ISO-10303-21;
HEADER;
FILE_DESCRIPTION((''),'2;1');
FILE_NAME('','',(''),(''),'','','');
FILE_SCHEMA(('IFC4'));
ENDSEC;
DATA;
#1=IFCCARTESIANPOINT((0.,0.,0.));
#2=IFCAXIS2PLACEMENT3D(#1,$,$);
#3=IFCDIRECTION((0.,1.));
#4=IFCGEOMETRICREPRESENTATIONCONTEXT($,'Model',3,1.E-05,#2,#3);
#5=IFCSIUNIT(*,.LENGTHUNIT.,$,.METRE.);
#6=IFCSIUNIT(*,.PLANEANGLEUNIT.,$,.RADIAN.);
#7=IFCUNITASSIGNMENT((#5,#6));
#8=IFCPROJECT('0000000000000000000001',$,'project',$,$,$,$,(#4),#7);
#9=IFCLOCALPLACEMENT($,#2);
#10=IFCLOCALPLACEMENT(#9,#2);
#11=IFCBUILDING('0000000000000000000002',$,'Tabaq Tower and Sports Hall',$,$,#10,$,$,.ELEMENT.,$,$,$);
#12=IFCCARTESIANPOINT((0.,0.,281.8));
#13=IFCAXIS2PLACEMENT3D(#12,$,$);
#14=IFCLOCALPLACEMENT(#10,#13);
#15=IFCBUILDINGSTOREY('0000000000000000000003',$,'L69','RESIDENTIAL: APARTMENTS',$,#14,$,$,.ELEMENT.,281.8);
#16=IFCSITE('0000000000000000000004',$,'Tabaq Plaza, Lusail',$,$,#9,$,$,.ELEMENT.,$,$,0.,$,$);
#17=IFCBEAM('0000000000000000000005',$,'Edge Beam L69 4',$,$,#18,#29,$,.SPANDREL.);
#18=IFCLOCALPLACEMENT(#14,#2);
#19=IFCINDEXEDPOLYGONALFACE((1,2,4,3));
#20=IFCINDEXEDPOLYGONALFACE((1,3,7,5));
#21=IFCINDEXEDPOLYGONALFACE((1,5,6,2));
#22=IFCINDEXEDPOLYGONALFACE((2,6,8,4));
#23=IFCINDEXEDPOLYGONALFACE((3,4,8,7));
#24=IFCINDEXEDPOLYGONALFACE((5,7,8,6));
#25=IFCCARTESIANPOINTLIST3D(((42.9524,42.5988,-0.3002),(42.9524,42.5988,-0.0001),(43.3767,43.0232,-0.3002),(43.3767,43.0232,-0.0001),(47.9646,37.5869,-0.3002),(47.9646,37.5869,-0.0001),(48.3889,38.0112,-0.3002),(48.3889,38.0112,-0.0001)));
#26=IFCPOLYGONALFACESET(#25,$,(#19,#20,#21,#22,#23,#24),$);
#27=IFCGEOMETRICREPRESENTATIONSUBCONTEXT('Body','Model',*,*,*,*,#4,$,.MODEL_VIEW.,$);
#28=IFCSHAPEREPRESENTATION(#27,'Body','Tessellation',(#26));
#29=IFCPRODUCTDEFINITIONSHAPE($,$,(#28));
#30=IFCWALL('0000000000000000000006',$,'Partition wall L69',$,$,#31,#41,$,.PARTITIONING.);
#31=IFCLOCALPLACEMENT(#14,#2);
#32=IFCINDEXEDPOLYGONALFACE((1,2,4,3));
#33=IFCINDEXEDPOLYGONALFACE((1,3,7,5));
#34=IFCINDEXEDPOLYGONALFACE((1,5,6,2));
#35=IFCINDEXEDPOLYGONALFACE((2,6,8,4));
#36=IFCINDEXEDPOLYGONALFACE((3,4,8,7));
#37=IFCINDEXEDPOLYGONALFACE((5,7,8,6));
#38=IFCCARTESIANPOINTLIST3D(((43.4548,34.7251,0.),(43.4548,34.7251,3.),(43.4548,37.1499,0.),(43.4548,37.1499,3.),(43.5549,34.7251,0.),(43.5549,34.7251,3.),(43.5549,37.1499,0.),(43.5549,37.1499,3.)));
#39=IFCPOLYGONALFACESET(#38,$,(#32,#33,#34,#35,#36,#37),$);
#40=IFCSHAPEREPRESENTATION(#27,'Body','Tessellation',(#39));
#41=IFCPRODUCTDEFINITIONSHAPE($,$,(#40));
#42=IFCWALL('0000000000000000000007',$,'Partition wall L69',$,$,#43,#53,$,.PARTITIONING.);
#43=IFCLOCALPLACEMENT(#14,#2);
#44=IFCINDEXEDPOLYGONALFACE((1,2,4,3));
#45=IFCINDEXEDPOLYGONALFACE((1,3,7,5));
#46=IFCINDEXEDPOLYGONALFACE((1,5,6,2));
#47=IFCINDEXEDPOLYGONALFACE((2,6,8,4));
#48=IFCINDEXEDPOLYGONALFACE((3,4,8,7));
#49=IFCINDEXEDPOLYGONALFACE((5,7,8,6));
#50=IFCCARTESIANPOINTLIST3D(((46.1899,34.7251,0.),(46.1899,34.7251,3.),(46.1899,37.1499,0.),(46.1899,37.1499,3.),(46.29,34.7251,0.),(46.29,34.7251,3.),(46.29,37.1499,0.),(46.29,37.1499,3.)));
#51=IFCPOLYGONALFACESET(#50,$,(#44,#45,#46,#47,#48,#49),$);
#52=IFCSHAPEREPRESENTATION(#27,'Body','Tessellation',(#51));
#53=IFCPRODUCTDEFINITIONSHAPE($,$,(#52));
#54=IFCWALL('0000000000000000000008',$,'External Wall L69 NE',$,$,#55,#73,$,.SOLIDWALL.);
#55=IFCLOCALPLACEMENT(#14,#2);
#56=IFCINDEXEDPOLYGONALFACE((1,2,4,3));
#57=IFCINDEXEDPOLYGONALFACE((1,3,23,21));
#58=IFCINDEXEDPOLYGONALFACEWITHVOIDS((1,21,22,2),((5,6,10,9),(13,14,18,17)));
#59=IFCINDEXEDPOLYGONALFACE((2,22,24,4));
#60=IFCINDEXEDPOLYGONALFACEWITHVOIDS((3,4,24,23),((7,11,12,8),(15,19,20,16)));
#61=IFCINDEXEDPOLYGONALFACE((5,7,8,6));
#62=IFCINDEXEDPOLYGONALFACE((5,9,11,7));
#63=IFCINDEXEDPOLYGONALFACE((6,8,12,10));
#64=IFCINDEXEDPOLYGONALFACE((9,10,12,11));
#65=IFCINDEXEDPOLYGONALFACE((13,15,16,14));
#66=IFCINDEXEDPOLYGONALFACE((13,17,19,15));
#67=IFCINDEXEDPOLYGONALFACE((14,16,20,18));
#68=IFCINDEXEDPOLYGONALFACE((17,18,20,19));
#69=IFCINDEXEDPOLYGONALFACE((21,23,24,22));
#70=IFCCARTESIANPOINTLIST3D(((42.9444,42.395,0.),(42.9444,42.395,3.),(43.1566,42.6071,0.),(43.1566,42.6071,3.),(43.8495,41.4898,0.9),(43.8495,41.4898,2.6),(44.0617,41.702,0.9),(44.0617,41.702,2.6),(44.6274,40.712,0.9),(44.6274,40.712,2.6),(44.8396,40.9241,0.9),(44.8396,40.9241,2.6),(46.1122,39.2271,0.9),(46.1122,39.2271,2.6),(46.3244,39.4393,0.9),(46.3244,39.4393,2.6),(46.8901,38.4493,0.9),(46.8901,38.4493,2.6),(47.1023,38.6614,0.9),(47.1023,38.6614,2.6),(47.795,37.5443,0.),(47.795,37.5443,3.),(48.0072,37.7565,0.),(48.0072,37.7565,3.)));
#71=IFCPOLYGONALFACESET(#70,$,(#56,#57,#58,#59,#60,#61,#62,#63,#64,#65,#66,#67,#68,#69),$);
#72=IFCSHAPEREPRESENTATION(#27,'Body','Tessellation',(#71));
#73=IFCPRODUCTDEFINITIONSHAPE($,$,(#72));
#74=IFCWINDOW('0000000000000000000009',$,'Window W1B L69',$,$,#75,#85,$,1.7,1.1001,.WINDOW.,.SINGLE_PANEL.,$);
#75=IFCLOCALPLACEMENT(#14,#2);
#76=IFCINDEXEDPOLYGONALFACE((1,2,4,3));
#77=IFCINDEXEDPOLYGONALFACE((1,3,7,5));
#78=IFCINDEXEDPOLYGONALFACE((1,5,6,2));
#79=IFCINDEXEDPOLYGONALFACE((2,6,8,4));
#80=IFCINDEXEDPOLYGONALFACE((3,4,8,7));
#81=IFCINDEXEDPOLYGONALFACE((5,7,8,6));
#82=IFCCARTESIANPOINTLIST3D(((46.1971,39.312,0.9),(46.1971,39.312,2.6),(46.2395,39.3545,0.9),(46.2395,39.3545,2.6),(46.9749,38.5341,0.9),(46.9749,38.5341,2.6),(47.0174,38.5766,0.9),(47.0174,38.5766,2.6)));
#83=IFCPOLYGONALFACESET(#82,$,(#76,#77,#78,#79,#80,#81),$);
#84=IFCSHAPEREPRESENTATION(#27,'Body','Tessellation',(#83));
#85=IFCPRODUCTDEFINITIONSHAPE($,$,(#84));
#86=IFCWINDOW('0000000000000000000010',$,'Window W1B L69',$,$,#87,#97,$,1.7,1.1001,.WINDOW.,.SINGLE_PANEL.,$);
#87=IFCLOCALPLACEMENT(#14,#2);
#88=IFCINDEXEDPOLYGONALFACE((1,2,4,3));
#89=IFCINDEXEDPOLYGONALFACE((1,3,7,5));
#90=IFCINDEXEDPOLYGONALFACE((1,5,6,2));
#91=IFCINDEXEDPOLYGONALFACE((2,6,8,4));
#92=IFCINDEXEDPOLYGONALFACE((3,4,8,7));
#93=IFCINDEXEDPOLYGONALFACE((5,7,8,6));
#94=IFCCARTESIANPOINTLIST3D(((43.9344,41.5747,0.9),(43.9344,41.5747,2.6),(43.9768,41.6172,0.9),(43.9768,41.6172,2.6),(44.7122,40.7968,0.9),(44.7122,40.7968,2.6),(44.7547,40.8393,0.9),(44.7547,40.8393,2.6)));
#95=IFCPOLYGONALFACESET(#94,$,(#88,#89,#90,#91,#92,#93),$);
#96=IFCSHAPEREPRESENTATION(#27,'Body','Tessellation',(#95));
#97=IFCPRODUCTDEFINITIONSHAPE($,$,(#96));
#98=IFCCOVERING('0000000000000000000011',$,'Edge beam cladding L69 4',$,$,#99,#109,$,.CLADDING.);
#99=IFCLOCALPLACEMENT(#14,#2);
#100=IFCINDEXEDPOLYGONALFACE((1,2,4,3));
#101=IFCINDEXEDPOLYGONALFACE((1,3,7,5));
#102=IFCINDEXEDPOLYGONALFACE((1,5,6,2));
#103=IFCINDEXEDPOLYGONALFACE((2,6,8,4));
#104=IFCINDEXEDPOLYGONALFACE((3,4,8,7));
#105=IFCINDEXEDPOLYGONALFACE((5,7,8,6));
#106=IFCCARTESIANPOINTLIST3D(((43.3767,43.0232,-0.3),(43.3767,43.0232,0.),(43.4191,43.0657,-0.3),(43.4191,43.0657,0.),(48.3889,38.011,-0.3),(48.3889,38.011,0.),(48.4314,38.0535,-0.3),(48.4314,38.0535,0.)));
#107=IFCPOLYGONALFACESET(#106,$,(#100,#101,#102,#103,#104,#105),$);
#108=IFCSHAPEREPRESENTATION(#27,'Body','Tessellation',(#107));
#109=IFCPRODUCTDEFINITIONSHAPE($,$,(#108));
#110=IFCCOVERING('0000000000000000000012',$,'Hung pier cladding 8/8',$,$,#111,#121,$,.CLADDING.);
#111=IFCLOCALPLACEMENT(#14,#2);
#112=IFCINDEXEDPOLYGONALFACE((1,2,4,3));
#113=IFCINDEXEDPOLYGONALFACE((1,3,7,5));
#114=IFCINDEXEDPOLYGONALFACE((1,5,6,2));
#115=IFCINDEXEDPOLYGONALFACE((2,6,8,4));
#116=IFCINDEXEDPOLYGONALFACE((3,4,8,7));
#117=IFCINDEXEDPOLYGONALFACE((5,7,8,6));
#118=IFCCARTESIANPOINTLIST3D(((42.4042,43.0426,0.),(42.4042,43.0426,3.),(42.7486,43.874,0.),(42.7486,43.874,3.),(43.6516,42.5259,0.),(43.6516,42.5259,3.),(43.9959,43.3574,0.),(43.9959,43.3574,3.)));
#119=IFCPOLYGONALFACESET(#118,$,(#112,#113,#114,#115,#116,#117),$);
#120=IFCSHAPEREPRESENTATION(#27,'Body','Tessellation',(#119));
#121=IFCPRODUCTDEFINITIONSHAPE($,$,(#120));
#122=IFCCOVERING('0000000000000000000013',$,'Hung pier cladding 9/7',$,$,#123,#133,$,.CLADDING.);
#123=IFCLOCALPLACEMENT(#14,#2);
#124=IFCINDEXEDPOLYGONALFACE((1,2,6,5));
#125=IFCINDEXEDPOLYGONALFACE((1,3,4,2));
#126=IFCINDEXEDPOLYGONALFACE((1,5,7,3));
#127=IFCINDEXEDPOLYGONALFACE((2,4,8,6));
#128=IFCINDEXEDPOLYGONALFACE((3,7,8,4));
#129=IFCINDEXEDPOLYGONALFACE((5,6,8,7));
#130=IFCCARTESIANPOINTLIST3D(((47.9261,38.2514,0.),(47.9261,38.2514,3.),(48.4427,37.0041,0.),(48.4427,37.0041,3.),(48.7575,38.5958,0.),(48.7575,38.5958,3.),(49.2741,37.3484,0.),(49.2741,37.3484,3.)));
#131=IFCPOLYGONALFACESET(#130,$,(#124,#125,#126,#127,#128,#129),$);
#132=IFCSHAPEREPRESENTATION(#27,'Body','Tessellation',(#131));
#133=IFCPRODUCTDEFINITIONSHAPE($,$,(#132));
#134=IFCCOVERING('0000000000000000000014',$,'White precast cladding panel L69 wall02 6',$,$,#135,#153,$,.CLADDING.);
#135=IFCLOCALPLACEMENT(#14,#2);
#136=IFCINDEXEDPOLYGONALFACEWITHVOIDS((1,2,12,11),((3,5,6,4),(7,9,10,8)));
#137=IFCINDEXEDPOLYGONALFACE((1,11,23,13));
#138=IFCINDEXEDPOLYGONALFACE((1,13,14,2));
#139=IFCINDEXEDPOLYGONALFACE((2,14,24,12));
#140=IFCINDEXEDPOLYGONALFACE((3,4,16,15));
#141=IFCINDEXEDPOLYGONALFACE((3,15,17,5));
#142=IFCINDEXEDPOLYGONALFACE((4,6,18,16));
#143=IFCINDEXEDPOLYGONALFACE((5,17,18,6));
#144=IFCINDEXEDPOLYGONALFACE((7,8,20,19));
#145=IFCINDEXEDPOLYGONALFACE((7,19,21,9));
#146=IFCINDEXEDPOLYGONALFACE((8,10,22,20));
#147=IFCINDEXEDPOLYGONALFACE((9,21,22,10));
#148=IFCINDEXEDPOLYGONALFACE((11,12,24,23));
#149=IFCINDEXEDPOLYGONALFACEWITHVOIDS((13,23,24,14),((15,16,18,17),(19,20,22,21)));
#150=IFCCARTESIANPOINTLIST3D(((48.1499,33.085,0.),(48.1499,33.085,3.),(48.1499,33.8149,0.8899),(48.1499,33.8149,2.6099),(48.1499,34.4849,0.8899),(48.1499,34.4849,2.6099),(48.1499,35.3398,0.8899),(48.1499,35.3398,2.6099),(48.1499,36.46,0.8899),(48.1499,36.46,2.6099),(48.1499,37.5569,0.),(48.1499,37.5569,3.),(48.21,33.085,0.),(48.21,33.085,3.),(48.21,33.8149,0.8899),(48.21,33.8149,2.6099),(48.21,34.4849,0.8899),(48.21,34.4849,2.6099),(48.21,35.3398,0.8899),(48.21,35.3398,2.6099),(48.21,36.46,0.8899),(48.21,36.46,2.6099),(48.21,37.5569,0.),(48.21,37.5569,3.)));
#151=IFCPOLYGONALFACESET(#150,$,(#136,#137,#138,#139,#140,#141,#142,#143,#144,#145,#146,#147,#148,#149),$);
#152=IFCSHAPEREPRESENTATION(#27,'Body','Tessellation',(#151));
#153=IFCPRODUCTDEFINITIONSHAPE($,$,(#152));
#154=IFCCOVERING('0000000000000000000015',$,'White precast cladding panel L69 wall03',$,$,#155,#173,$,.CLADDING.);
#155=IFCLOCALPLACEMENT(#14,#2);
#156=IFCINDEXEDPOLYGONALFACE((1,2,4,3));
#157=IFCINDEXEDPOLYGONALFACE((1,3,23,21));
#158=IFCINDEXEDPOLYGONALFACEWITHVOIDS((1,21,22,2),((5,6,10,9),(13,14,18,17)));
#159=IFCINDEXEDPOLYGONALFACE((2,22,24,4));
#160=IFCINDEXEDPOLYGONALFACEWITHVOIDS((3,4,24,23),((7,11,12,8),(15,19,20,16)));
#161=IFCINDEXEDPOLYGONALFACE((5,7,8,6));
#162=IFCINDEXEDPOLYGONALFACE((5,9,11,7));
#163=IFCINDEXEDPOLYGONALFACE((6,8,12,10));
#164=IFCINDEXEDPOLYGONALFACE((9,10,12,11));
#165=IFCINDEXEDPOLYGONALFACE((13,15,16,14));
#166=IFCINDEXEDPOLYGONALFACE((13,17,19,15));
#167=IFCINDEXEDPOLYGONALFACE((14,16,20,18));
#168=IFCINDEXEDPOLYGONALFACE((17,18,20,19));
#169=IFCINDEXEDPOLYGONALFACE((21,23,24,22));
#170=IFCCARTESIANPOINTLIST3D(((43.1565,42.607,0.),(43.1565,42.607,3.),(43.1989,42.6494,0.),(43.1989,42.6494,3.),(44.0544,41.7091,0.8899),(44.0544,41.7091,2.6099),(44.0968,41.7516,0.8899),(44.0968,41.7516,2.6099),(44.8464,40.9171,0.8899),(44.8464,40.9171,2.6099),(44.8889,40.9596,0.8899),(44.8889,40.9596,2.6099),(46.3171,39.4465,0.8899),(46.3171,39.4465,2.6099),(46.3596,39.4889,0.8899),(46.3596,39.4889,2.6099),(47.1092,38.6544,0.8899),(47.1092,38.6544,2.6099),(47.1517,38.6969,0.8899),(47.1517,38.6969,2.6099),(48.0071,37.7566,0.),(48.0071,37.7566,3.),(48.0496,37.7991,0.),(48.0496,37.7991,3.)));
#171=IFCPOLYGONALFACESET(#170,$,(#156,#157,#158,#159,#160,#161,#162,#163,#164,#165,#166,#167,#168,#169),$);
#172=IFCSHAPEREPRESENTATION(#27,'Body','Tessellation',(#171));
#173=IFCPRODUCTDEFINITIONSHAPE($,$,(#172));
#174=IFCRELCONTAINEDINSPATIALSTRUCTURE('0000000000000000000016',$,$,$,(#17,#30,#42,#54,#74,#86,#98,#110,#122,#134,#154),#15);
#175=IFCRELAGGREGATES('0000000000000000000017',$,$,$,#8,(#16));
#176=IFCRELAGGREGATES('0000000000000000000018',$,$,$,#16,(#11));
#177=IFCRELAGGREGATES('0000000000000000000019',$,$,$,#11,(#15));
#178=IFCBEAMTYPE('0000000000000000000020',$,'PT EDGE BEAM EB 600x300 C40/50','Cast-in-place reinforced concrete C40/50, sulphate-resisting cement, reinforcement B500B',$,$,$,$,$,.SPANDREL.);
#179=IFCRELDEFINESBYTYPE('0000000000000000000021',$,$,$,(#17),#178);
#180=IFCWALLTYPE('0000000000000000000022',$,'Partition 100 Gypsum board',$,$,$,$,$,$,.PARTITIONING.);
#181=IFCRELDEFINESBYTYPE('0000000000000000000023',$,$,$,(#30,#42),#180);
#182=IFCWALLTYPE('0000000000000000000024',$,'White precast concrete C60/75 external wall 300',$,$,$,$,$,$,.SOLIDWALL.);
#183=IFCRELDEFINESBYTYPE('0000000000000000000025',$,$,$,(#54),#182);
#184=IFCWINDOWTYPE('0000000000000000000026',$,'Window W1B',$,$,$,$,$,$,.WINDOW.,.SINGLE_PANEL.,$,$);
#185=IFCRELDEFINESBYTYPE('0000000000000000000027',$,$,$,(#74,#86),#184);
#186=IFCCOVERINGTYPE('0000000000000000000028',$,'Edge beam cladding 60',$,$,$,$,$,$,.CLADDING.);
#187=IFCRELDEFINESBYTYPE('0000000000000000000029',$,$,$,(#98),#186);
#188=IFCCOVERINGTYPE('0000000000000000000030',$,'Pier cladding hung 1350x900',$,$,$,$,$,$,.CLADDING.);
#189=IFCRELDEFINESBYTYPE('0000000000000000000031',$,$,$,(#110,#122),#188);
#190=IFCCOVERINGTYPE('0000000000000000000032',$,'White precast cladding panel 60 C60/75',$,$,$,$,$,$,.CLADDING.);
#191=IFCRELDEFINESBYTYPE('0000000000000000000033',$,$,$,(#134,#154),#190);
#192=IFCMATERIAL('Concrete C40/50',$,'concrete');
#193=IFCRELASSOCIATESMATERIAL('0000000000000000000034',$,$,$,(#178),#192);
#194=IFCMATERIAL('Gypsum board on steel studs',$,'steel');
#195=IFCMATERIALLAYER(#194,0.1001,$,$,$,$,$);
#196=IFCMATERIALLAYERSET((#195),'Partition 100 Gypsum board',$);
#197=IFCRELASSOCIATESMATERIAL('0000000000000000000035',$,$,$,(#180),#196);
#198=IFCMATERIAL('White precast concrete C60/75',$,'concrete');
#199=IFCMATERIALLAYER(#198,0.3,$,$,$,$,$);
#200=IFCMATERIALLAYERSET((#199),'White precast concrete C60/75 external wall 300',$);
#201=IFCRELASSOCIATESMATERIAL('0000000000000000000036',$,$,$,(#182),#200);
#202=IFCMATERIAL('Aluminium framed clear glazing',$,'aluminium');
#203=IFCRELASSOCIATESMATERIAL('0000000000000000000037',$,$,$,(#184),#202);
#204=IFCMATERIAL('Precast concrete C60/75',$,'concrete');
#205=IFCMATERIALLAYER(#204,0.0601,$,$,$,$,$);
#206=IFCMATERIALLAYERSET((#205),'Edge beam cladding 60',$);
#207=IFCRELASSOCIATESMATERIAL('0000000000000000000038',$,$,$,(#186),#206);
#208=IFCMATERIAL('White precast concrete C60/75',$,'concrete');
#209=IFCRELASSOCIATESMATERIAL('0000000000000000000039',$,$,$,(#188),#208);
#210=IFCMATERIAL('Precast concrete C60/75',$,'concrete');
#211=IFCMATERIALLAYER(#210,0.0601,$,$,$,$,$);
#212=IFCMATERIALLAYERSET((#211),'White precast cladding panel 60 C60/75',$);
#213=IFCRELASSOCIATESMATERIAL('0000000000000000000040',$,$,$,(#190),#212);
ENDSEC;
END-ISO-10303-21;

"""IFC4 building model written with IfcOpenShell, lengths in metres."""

from ifc_helpers import new_model, si_unit, direction, frame, frame_2d, origin, origin_2d, place, context, subcontext, project, spatial, polyline, rectangle, outline, extrude, material, layer, layer_set, material_profile, profile_set, type_object, element, fill, save


model = new_model("IFC4")

# Units and contexts
model_context = context("Model", 3, precision=1e-05, world=origin(), true_north=direction((0.0, 1.0)))
body_context = subcontext(model_context, "Body", "Model", "MODEL_VIEW")
ifc_project = project(units=[si_unit("LENGTHUNIT", "METRE"), si_unit("PLANEANGLEUNIT", "RADIAN")], contexts=[model_context])

# Site, building, storey
site_placement = place(None, origin())
site = spatial("IfcSite", under=ifc_project, at=site_placement, Name="Tabaq Plaza, Lusail", CompositionType="ELEMENT", RefElevation=0.0)
building_placement = place(site_placement, origin())
building = spatial("IfcBuilding", under=site, at=building_placement, Name="Tabaq Tower and Sports Hall", CompositionType="ELEMENT")
storey_placement = place(building_placement, frame((0.0, 0.0, 281.8)))
storey = spatial("IfcBuildingStorey", under=building, at=storey_placement, Name="L69", Description="RESIDENTIAL: APARTMENTS", CompositionType="ELEMENT", Elevation=281.8)

# Beam
ifc_material_1 = material(Name="Concrete C40/50", Category="concrete")
ifc_material_profile = material_profile(ifc_material_1, rectangle(XDim=0.6001, YDim=0.3, at=origin_2d()), Name="EB 600x300")
ifc_profile_set = profile_set([ifc_material_profile], Name="Concrete C40/50")
beam_type = type_object("IfcBeamType", Name="PT EDGE BEAM EB 600x300 C40/50", Description="Cast-in-place reinforced concrete C40/50, sulphate-resisting cement, reinforcement B500B", PredefinedType="SPANDREL", material=ifc_profile_set)
beam_placement = place(storey_placement, frame((48.1768, 37.7991, -0.1501), z_axis=(-0.707124, 0.70709, 0.0), x_axis=(-0.70709, -0.707124, 0.0)))
element("IfcBeam", 1, at=beam_placement, inside=storey, type_object=beam_type, Name="Edge Beam L69 4", PredefinedType="SPANDREL", context=body_context, shape_type="SweptSolid", body=[
    extrude(rectangle(XDim=0.6001, YDim=0.3, at=origin_2d()), origin(), (0.0, 0.0, 1.0), 7.0881),
])

# Walls
ifc_material_2 = material(Name="Gypsum board on steel studs", Category="steel")
ifc_layer_1 = layer(ifc_material_2, 0.1001)
ifc_layer_set_1 = layer_set([ifc_layer_1], Name="Partition 100 Gypsum board")
wall_type_1 = type_object("IfcWallType", Name="Partition 100 Gypsum board", PredefinedType="PARTITIONING", material=ifc_layer_set_1)
for number, where, z_axis, x_axis, name in (
    (2, (43.5049, 34.7251, 0.0), (0.0, 0.0, 1.0), (0.0, 1.0, 0.0), "Partition wall L69"),
    (3, (46.24, 34.7251, 0.0), (0.0, 0.0, 1.0), (0.0, 1.0, 0.0), "Partition wall L69"),
):
    element("IfcWall", number, at=place(storey_placement, frame(where, z_axis=z_axis, x_axis=x_axis)), inside=storey, type_object=wall_type_1, Name=name, PredefinedType="PARTITIONING", context=body_context, shape_type="SweptSolid", body=[
        extrude(rectangle(XDim=2.4248, YDim=0.1001, at=frame_2d((1.2124, 0.0))), origin(), (0.0, 0.0, 1.0), 3.0),
    ])

# Wall, openings, windows
ifc_material_3 = material(Name="White precast concrete C60/75", Category="concrete")
ifc_layer_2 = layer(ifc_material_3, 0.3)
ifc_layer_set_2 = layer_set([ifc_layer_2], Name="White precast concrete C60/75 external wall 300")
wall_type_2 = type_object("IfcWallType", Name="White precast concrete C60/75 external wall 300", PredefinedType="SOLIDWALL", material=ifc_layer_set_2)
wall_placement = place(storey_placement, frame((47.9011, 37.6504, 0.0), z_axis=(0.0, 0.0, 1.0), x_axis=(-0.707107, 0.707107, 0.0)))
wall = element("IfcWall", 4, at=wall_placement, inside=storey, type_object=wall_type_2, Name="External Wall L69 NE", PredefinedType="SOLIDWALL", context=body_context, shape_type="SweptSolid", body=[
    extrude(rectangle(XDim=6.8599, YDim=0.3, at=frame_2d((3.4299, 0.0))), origin(), (0.0, 0.0, 1.0), 3.0),
])
opening_1_placement = place(wall_placement, frame((1.2798, 0.0, 0.8999)))
opening_1 = element("IfcOpeningElement", 5, at=opening_1_placement, cuts=wall, PredefinedType="OPENING", context=body_context, shape_type="SweptSolid", body=[
    extrude(rectangle(XDim=1.1001, YDim=1.7, at=frame_2d((0.55, 0.8501))), frame((0.0, 0.1602, 0.0), z_axis=(0.0, -1.0, 0.0), x_axis=(1.0, 0.0, 0.0)), (0.0, 0.0, 1.0), 0.3201),
])
opening_2_placement = place(wall_placement, frame((4.4797, 0.0, 0.8999)))
opening_2 = element("IfcOpeningElement", 6, at=opening_2_placement, cuts=wall, PredefinedType="OPENING", context=body_context, shape_type="SweptSolid", body=[
    extrude(rectangle(XDim=1.1001, YDim=1.7, at=frame_2d((0.55, 0.8501))), frame((0.0, 0.1602, 0.0), z_axis=(0.0, -1.0, 0.0), x_axis=(1.0, 0.0, 0.0)), (0.0, 0.0, 1.0), 0.3201),
])
ifc_material_4 = material(Name="Aluminium framed clear glazing", Category="aluminium")
window_type = type_object("IfcWindowType", Name="Window W1B", PartitioningType="SINGLE_PANEL", PredefinedType="WINDOW", material=ifc_material_4)
window_1_placement = place(opening_1_placement, origin())
window_1 = element("IfcWindow", 7, at=window_1_placement, inside=storey, type_object=window_type, Name="Window W1B L69", OverallHeight=1.7, OverallWidth=1.1001, PartitioningType="SINGLE_PANEL", PredefinedType="WINDOW", context=body_context, shape_type="SweptSolid", body=[
    extrude(rectangle(XDim=1.1001, YDim=1.7, at=frame_2d((0.55, 0.8501))), frame((0.0, 0.03, 0.0), z_axis=(0.0, -1.0, 0.0), x_axis=(1.0, 0.0, 0.0)), (0.0, 0.0, 1.0), 0.0601),
])
fill(opening_1, window_1)
window_2_placement = place(opening_2_placement, origin())
window_2 = element("IfcWindow", 8, at=window_2_placement, inside=storey, type_object=window_type, Name="Window W1B L69", OverallHeight=1.7, OverallWidth=1.1001, PartitioningType="SINGLE_PANEL", PredefinedType="WINDOW", context=body_context, shape_type="SweptSolid", body=[
    extrude(rectangle(XDim=1.1001, YDim=1.7, at=frame_2d((0.55, 0.8501))), frame((0.0, 0.03, 0.0), z_axis=(0.0, -1.0, 0.0), x_axis=(1.0, 0.0, 0.0)), (0.0, 0.0, 1.0), 0.0601),
])
fill(opening_2, window_2)

# Coverings
ifc_material_5 = material(Name="Precast concrete C60/75", Category="concrete")
ifc_layer_3 = layer(ifc_material_5, 0.0601)
ifc_layer_set_3 = layer_set([ifc_layer_3], Name="Edge beam cladding 60")
covering_type_1 = type_object("IfcCoveringType", Name="Edge beam cladding 60", PredefinedType="CLADDING", material=ifc_layer_set_3)
covering_1_placement = place(storey_placement, frame((48.4102, 38.0322, -0.3), z_axis=(0.0, 0.0, 1.0), x_axis=(-0.707107, 0.707107, 0.0)))
element("IfcCovering", 9, at=covering_1_placement, inside=storey, type_object=covering_type_1, Name="Edge beam cladding L69 4", PredefinedType="CLADDING", context=body_context, shape_type="SweptSolid", body=[
    extrude(rectangle(XDim=7.0884, YDim=0.0601, at=frame_2d((3.5442, 0.0))), origin(), (0.0, 0.0, 1.0), 0.3),
])
ifc_material_6 = material(Name="White precast concrete C60/75", Category="concrete")
covering_type_2 = type_object("IfcCoveringType", Name="Pier cladding hung 1350x900", PredefinedType="CLADDING", material=ifc_material_6)
for number, where, z_axis, x_axis, name in (
    (10, (43.8237, 42.9417, 0.0), (0.0, 0.0, 1.0), (-0.923893, 0.38265, 0.0), "Hung pier cladding 8/8"),
    (11, (48.8584, 37.1763, 0.0), (0.0, 0.0, 1.0), (-0.38265, 0.923893, 0.0), "Hung pier cladding 9/7"),
):
    element("IfcCovering", number, at=place(storey_placement, frame(where, z_axis=z_axis, x_axis=x_axis)), inside=storey, type_object=covering_type_2, Name=name, PredefinedType="CLADDING", context=body_context, shape_type="SweptSolid", body=[
        extrude(rectangle(XDim=1.3501, YDim=0.8999, at=frame_2d((0.675, 0.0))), origin(), (0.0, 0.0, 1.0), 3.0),
    ])
ifc_material_7 = material(Name="Precast concrete C60/75", Category="concrete")
ifc_layer_4 = layer(ifc_material_7, 0.0601)
ifc_layer_set_4 = layer_set([ifc_layer_4], Name="White precast cladding panel 60 C60/75")
covering_type_3 = type_object("IfcCoveringType", Name="White precast cladding panel 60 C60/75", PredefinedType="CLADDING", material=ifc_layer_set_4)
covering_2_placement = place(storey_placement, frame((48.1799, 33.085, 0.0), z_axis=(0.0, 0.0, 1.0), x_axis=(0.0, 1.0, 0.0)))
element("IfcCovering", 12, at=covering_2_placement, inside=storey, type_object=covering_type_3, Name="White precast cladding panel L69 wall02 6", PredefinedType="CLADDING", context=body_context, shape_type="SweptSolid", body=[
    extrude(outline(polyline([(0.0, 0.0), (4.4719, 0.0), (4.4719, 3.0), (0.0, 3.0), (0.0, 0.0)]), holes=[polyline([(0.73, 2.6099), (1.3999, 2.6099), (1.3999, 0.8899), (0.73, 0.8899), (0.73, 2.6099)]), polyline([(2.2549, 2.6099), (3.375, 2.6099), (3.375, 0.8899), (2.2549, 0.8899), (2.2549, 2.6099)])]), frame((0.0, 0.03, 0.0), z_axis=(0.0, -1.0, 0.0), x_axis=(1.0, 0.0, 0.0)), (0.0, 0.0, 1.0), 0.0601),
])
covering_3_placement = place(storey_placement, frame((48.0283, 37.7778, 0.0), z_axis=(0.0, 0.0, 1.0), x_axis=(-0.707125, 0.707089, 0.0)))
element("IfcCovering", 13, at=covering_3_placement, inside=storey, type_object=covering_type_3, Name="White precast cladding panel L69 wall03", PredefinedType="CLADDING", context=body_context, shape_type="SweptSolid", body=[
    extrude(outline(polyline([(0.0, 0.0), (6.8596, 0.0), (6.8596, 3.0), (0.0, 3.0), (0.0, 0.0)]), holes=[polyline([(1.2698, 2.6099), (2.3899, 2.6099), (2.3899, 0.8899), (1.2698, 0.8899), (1.2698, 2.6099)]), polyline([(4.4697, 2.6099), (5.5898, 2.6099), (5.5898, 0.8899), (4.4697, 0.8899), (4.4697, 2.6099)])]), frame((0.0, 0.03, 0.0), z_axis=(0.0, -1.0, 0.0), x_axis=(1.0, 0.0, 0.0)), (0.0, 0.0, 1.0), 0.0601),
])

save(model, "model.ifc")
